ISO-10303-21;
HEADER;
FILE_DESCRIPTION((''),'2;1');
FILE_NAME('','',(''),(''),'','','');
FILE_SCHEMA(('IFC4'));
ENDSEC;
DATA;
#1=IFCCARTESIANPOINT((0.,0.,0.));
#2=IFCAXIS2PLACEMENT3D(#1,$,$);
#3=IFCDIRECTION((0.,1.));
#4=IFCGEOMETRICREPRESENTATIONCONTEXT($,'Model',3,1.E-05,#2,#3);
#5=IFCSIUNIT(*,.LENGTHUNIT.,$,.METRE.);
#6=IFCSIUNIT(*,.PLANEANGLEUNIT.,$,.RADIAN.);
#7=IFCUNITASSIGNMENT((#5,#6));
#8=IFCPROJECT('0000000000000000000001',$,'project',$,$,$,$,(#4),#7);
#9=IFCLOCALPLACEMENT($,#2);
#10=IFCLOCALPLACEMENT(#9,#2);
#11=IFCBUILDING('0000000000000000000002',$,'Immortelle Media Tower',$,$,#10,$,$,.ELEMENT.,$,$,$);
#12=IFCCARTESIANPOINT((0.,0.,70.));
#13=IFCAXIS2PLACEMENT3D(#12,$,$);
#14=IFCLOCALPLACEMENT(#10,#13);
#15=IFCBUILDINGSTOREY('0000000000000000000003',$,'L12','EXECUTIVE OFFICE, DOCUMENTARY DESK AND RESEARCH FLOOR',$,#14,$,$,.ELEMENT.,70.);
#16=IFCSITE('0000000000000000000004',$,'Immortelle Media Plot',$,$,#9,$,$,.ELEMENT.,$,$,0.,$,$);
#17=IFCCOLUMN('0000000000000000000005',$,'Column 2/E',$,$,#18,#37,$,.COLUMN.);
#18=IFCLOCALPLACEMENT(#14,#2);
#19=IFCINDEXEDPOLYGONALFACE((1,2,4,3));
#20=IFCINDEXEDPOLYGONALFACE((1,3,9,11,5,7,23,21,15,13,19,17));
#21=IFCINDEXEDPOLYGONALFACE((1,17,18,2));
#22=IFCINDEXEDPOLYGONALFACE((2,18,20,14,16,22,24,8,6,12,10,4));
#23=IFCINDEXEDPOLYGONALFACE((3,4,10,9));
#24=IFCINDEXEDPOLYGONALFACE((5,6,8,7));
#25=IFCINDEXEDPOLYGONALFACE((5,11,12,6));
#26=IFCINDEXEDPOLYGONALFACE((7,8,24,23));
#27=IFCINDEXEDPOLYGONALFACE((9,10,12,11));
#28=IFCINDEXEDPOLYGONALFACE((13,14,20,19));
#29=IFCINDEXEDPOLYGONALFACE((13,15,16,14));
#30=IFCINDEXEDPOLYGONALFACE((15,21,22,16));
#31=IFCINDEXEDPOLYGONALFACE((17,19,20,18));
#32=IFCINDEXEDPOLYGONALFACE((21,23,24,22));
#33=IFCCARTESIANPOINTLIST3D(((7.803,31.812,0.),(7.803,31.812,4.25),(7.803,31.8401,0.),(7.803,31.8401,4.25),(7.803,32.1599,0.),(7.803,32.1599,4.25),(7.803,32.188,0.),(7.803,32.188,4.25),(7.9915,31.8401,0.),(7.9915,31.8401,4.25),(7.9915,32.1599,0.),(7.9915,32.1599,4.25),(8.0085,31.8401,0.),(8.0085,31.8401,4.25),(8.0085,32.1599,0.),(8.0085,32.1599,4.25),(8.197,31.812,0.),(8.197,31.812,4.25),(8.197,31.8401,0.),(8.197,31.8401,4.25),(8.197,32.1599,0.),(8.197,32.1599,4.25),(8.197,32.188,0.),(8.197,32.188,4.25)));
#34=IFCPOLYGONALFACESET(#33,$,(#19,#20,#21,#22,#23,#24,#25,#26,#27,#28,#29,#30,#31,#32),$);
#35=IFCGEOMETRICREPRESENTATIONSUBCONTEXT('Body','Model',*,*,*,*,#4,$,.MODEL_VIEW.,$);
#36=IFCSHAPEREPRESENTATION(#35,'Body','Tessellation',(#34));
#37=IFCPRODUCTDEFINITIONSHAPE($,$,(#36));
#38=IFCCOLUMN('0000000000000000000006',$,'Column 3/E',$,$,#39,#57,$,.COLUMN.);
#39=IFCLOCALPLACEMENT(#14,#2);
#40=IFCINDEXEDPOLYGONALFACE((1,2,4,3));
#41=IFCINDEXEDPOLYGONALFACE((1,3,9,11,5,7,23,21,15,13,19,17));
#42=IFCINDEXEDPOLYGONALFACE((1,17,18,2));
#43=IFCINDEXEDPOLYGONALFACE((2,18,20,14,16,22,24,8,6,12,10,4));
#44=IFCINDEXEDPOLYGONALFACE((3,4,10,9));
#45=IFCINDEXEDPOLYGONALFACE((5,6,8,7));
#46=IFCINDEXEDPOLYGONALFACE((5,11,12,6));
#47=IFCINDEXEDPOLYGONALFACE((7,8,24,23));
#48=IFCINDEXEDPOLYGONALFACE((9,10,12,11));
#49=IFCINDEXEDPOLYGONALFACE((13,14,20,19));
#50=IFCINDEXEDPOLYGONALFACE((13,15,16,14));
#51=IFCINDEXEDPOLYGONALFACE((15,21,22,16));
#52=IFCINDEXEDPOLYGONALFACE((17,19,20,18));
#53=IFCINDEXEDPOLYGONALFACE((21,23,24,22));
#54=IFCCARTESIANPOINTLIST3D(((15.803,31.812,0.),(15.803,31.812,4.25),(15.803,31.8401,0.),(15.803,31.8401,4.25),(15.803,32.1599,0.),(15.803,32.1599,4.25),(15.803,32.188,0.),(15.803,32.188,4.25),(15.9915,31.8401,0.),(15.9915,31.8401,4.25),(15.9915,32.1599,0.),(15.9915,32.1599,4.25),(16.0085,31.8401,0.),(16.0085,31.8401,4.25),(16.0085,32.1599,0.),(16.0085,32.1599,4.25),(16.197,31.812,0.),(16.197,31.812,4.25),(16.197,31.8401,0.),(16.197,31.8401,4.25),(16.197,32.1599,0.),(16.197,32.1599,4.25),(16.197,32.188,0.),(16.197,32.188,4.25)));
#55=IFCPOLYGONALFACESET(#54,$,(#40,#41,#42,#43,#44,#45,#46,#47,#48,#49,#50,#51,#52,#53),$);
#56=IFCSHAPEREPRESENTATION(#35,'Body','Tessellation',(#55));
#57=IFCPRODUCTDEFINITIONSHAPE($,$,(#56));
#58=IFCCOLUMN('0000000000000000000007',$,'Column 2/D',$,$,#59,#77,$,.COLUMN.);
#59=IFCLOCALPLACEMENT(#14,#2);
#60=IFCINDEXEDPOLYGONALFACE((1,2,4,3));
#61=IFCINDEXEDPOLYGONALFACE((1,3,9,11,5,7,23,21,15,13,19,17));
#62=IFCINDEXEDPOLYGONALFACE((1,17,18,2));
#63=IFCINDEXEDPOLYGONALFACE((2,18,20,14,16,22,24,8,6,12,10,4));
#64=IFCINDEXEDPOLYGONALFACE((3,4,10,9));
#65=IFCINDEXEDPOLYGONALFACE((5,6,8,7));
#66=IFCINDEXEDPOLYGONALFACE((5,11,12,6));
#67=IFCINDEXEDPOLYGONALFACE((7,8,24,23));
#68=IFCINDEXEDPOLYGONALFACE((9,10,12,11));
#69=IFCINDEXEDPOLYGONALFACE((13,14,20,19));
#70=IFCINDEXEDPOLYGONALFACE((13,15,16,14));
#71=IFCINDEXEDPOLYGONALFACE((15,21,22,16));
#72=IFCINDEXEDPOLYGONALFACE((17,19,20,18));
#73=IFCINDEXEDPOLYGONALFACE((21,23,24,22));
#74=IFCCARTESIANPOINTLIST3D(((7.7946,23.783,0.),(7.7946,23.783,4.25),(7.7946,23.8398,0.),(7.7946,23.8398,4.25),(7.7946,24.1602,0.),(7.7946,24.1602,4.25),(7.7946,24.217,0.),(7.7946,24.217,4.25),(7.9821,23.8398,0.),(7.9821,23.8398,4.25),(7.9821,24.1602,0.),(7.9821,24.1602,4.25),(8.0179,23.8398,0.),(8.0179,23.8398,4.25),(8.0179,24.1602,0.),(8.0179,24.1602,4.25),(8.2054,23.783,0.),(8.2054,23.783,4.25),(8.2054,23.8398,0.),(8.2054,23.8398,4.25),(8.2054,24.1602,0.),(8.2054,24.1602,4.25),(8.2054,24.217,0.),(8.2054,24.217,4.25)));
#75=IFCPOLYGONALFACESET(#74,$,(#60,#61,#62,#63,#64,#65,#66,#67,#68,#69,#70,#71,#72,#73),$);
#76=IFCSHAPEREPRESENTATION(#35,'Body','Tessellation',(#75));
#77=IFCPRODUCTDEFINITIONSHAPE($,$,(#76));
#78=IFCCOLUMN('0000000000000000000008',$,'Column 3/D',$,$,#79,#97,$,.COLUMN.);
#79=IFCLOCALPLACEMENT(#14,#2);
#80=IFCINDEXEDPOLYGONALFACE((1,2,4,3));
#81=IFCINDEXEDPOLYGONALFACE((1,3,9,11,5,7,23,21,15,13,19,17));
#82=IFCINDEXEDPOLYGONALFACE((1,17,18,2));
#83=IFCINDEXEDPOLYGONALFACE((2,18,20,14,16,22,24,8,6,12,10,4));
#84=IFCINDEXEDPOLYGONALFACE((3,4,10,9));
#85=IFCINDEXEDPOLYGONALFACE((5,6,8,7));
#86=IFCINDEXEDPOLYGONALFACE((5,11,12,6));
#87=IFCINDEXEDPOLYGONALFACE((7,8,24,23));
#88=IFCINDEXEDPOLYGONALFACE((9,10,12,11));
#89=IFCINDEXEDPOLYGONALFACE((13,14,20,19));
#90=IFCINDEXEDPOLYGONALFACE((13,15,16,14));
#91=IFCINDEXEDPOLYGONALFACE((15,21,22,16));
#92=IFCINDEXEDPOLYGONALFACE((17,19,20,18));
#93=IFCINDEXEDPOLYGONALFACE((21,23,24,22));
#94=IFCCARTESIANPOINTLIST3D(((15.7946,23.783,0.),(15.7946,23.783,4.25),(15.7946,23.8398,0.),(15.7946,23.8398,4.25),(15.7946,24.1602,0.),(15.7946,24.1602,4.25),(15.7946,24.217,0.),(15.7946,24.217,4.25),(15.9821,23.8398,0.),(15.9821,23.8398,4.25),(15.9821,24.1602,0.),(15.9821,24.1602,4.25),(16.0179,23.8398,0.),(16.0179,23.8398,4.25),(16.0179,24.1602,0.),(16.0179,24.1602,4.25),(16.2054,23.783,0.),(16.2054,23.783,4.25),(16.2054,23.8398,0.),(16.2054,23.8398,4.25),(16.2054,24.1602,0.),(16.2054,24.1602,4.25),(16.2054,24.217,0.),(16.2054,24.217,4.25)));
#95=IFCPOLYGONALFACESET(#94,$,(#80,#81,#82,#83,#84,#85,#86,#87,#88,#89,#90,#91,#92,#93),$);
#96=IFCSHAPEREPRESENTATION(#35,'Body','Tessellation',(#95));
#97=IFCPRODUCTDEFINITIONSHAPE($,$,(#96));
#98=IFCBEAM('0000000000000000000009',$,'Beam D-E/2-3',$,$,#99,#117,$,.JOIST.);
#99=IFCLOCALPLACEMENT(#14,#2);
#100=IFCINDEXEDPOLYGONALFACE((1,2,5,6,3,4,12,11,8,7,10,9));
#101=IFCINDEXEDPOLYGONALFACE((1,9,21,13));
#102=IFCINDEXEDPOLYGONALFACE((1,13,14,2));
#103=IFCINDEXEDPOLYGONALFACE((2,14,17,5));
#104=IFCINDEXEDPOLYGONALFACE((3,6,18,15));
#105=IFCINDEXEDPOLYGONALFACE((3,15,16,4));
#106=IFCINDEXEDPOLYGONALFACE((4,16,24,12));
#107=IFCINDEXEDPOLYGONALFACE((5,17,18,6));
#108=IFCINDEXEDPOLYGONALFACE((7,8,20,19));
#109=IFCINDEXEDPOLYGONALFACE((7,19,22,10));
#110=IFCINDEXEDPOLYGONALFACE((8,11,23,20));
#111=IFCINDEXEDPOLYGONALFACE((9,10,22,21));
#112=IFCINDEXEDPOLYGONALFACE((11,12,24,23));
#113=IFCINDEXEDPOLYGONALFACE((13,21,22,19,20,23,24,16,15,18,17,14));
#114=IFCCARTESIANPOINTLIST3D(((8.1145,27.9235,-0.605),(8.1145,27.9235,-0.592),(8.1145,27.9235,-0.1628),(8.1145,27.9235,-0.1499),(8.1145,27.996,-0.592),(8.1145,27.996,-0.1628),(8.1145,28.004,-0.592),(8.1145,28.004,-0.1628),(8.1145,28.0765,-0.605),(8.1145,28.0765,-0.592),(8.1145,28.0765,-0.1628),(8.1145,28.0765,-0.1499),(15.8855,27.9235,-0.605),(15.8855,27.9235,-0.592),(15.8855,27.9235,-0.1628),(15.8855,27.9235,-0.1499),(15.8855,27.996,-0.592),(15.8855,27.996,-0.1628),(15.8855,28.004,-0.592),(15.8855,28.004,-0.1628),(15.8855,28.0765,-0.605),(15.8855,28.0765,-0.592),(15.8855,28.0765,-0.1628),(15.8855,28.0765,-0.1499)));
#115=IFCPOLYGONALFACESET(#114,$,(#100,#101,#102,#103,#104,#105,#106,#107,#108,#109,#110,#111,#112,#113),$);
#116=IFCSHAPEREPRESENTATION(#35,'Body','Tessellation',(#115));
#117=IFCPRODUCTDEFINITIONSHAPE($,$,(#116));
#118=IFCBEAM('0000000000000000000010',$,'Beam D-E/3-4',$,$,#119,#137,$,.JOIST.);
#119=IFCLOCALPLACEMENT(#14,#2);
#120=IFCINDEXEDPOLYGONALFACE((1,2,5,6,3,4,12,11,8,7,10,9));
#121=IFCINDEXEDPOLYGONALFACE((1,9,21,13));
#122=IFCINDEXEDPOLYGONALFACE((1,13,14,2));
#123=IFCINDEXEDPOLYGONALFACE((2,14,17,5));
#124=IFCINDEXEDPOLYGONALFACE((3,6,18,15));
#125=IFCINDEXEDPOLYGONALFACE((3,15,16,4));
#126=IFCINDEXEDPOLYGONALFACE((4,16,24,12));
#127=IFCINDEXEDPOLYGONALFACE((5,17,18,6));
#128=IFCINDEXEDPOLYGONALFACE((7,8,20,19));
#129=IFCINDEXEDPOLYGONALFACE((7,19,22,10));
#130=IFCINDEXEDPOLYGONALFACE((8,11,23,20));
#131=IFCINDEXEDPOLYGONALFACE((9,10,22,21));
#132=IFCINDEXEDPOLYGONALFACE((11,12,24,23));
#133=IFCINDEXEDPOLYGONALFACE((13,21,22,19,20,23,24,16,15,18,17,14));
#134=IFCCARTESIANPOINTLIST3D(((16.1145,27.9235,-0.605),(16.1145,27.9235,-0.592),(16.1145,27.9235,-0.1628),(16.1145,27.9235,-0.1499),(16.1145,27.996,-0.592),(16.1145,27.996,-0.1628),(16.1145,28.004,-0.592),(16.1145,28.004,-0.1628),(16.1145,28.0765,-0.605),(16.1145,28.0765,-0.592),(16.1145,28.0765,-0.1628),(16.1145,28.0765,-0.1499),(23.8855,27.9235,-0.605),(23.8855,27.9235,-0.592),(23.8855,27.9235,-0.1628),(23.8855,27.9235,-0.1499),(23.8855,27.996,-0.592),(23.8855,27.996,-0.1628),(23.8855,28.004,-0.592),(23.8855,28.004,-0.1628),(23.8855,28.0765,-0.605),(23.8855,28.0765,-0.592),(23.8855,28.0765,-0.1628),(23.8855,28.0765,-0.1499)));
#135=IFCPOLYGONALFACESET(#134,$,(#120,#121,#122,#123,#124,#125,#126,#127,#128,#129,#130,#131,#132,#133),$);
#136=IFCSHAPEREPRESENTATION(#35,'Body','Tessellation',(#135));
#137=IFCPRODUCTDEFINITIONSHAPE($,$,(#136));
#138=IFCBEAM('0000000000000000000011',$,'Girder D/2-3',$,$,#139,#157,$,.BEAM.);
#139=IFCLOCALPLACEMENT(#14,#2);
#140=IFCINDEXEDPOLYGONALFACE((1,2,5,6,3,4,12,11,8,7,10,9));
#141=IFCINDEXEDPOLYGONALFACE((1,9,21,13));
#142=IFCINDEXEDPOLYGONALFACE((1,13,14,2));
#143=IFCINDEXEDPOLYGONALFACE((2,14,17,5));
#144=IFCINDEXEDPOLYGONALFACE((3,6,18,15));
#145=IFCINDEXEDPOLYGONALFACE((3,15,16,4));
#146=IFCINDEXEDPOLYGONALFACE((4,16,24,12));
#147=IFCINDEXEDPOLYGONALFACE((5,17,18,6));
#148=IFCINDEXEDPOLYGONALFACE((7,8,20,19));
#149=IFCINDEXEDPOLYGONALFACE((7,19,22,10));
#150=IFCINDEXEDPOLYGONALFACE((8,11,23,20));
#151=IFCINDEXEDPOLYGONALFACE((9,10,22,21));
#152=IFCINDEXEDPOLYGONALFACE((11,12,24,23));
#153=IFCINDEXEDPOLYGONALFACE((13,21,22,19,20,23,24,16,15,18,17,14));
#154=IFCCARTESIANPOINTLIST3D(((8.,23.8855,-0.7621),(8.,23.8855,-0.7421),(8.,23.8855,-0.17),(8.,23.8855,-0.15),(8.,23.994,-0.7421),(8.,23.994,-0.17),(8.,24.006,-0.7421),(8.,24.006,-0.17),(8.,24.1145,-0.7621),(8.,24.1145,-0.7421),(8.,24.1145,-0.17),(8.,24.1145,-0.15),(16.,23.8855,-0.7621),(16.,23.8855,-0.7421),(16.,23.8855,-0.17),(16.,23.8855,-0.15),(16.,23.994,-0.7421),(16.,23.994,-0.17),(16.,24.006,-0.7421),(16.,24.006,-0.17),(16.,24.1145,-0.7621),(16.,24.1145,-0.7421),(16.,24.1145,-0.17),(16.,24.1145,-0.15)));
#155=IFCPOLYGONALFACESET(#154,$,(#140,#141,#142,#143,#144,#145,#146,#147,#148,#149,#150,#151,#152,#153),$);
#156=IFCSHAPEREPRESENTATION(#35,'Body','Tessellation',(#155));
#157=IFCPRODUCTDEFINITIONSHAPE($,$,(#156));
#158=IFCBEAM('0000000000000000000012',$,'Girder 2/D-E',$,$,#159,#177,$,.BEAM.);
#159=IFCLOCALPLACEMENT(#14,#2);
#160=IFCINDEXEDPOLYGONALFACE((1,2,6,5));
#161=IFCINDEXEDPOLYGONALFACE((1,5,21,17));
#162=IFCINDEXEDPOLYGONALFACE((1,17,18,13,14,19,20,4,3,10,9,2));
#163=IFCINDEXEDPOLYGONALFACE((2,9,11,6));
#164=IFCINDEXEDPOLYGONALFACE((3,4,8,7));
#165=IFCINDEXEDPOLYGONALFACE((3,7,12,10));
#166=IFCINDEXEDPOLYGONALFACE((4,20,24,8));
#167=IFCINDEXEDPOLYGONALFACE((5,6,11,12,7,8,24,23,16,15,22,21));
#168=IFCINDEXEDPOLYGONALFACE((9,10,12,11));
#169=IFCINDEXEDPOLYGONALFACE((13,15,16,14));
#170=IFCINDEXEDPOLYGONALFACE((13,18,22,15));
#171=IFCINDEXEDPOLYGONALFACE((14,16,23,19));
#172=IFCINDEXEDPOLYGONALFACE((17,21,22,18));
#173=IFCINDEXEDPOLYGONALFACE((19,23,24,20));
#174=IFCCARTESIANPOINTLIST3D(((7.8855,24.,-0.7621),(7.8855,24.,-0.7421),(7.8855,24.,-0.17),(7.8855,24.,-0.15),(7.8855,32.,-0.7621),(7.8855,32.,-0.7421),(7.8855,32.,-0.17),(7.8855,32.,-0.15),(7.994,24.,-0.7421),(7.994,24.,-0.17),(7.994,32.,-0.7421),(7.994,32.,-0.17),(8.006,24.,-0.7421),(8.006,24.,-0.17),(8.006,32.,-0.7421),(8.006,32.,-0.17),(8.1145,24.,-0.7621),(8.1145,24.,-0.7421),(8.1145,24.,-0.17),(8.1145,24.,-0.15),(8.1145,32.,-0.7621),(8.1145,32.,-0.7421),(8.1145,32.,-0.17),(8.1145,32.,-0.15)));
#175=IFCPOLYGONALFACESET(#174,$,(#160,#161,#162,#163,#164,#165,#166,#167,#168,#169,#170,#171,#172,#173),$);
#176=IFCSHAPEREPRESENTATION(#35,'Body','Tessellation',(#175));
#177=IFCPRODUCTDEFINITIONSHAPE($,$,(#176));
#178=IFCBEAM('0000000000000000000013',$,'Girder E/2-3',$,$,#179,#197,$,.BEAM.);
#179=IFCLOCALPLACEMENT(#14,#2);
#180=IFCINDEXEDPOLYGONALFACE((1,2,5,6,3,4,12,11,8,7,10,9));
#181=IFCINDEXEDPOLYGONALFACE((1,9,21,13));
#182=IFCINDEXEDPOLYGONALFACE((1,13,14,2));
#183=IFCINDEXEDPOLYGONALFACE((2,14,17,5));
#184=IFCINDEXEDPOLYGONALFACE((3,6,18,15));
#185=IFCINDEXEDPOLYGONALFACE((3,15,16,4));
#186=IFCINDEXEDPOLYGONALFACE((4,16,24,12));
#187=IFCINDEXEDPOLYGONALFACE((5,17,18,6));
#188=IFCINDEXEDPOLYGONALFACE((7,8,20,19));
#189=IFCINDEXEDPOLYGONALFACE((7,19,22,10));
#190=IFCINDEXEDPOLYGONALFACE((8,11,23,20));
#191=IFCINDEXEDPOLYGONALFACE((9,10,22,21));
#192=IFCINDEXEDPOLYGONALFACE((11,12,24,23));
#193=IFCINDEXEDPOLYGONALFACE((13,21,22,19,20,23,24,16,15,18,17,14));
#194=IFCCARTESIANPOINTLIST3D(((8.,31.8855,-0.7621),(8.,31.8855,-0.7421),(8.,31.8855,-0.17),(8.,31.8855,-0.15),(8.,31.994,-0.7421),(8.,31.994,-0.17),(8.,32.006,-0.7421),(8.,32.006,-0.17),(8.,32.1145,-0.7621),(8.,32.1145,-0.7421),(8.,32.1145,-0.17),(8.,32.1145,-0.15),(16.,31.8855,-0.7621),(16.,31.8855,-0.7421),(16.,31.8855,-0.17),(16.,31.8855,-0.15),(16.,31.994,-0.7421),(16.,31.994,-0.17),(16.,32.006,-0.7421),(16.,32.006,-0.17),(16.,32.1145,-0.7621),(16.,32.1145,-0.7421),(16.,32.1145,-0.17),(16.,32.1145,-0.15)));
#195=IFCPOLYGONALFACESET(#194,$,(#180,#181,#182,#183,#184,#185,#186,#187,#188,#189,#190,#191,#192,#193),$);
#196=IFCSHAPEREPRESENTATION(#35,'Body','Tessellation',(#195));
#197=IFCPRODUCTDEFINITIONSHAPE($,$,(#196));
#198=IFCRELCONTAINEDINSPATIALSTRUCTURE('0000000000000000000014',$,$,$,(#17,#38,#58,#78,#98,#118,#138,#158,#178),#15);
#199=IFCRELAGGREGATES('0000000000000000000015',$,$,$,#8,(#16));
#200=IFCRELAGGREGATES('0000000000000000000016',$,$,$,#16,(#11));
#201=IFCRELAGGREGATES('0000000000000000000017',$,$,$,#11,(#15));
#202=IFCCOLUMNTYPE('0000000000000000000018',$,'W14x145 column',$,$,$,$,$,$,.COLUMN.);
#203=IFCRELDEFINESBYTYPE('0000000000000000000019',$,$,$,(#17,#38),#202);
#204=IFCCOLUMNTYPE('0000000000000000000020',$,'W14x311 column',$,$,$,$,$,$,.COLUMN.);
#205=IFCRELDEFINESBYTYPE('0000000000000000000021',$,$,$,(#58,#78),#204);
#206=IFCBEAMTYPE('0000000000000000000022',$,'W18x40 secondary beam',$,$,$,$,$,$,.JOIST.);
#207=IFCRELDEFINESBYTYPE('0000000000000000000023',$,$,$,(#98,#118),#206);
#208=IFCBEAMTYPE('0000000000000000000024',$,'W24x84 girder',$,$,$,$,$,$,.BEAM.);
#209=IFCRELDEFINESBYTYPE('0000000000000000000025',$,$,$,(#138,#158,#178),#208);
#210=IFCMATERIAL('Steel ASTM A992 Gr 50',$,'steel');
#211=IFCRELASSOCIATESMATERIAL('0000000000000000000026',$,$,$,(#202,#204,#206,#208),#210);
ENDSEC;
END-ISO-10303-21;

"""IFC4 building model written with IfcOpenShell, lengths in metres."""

from ifc_helpers import new_model, si_unit, direction, frame, origin, origin_2d, place, context, subcontext, project, spatial, i_section, extrude, material, material_profile, profile_set, type_object, element, save


model = new_model("IFC4")

# Units and contexts
model_context = context("Model", 3, precision=1e-05, world=origin(), true_north=direction((0.0, 1.0)))
body_context = subcontext(model_context, "Body", "Model", "MODEL_VIEW")
ifc_project = project(units=[si_unit("LENGTHUNIT", "METRE"), si_unit("PLANEANGLEUNIT", "RADIAN")], contexts=[model_context])

# Site, building, storey
site_placement = place(None, origin())
site = spatial("IfcSite", under=ifc_project, at=site_placement, Name="Immortelle Media Plot", CompositionType="ELEMENT", RefElevation=0.0)
building_placement = place(site_placement, origin())
building = spatial("IfcBuilding", under=site, at=building_placement, Name="Immortelle Media Tower", CompositionType="ELEMENT")
storey_placement = place(building_placement, frame((0.0, 0.0, 70.0)))
storey = spatial("IfcBuildingStorey", under=building, at=storey_placement, Name="L12", Description="EXECUTIVE OFFICE, DOCUMENTARY DESK AND RESEARCH FLOOR", CompositionType="ELEMENT", Elevation=70.0)

# Columns
ifc_material_1 = material(Name="Steel ASTM A992 Gr 50", Category="steel")
ifc_material_profile_1 = material_profile(ifc_material_1, i_section(OverallWidth=0.394, OverallDepth=0.376, WebThickness=0.0171, FlangeThickness=0.0281, at=origin_2d()), Name="W14x145")
ifc_profile_set_1 = profile_set([ifc_material_profile_1], Name="Steel ASTM A992 Gr 50")
column_type_1 = type_object("IfcColumnType", Name="W14x145 column", PredefinedType="COLUMN", material=ifc_profile_set_1)
for number, where, z_axis, x_axis, name in (
    (1, (8.0, 32.0, 0.0), (0.0, 0.0, 1.0), (1.0, 0.0, 0.0), "Column 2/E"),
    (2, (16.0, 32.0, 0.0), (0.0, 0.0, 1.0), (1.0, 0.0, 0.0), "Column 3/E"),
):
    element("IfcColumn", number, at=place(storey_placement, frame(where, z_axis=z_axis, x_axis=x_axis)), inside=storey, type_object=column_type_1, Name=name, PredefinedType="COLUMN", context=body_context, shape_type="SweptSolid", body=[
        extrude(i_section(OverallWidth=0.394, OverallDepth=0.376, WebThickness=0.0171, FlangeThickness=0.0281, at=origin_2d()), origin(), (0.0, 0.0, 1.0), 4.25),
    ])
ifc_material_profile_2 = material_profile(ifc_material_1, i_section(OverallWidth=0.4109, OverallDepth=0.4341, WebThickness=0.0359, FlangeThickness=0.0569, at=origin_2d()), Name="W14x311")
ifc_profile_set_2 = profile_set([ifc_material_profile_2], Name="Steel ASTM A992 Gr 50")
column_type_2 = type_object("IfcColumnType", Name="W14x311 column", PredefinedType="COLUMN", material=ifc_profile_set_2)
for number, where, z_axis, x_axis, name in (
    (3, (8.0, 24.0, 0.0), (0.0, 0.0, 1.0), (1.0, 0.0, 0.0), "Column 2/D"),
    (4, (16.0, 24.0, 0.0), (0.0, 0.0, 1.0), (1.0, 0.0, 0.0), "Column 3/D"),
):
    element("IfcColumn", number, at=place(storey_placement, frame(where, z_axis=z_axis, x_axis=x_axis)), inside=storey, type_object=column_type_2, Name=name, PredefinedType="COLUMN", context=body_context, shape_type="SweptSolid", body=[
        extrude(i_section(OverallWidth=0.4109, OverallDepth=0.4341, WebThickness=0.0359, FlangeThickness=0.0569, at=origin_2d()), origin(), (0.0, 0.0, 1.0), 4.25),
    ])

# Beams
ifc_material_profile_3 = material_profile(ifc_material_1, i_section(OverallWidth=0.1531, OverallDepth=0.4551, WebThickness=0.0081, FlangeThickness=0.0129, at=origin_2d()), Name="W18x40")
ifc_profile_set_3 = profile_set([ifc_material_profile_3], Name="Steel ASTM A992 Gr 50")
beam_type_1 = type_object("IfcBeamType", Name="W18x40 secondary beam", PredefinedType="JOIST", material=ifc_profile_set_3)
for number, where, z_axis, x_axis, name in (
    (5, (8.1145, 28.0, -0.3774), (1.0, 0.0, 0.0), (0.0, 1.0, 0.0), "Beam D-E/2-3"),
    (6, (16.1145, 28.0, -0.3774), (1.0, 0.0, 0.0), (0.0, 1.0, 0.0), "Beam D-E/3-4"),
):
    element("IfcBeam", number, at=place(storey_placement, frame(where, z_axis=z_axis, x_axis=x_axis)), inside=storey, type_object=beam_type_1, Name=name, PredefinedType="JOIST", context=body_context, shape_type="SweptSolid", body=[
        extrude(i_section(OverallWidth=0.1531, OverallDepth=0.4551, WebThickness=0.0081, FlangeThickness=0.0129, at=origin_2d()), origin(), (0.0, 0.0, 1.0), 7.771),
    ])
ifc_material_profile_4 = material_profile(ifc_material_1, i_section(OverallWidth=0.229, OverallDepth=0.6121, WebThickness=0.012, FlangeThickness=0.02, at=origin_2d()), Name="W24x84")
ifc_profile_set_4 = profile_set([ifc_material_profile_4], Name="Steel ASTM A992 Gr 50")
beam_type_2 = type_object("IfcBeamType", Name="W24x84 girder", PredefinedType="BEAM", material=ifc_profile_set_4)
for number, where, z_axis, x_axis, name in (
    (7, (8.0, 24.0, -0.4561), (1.0, 0.0, 0.0), (0.0, 1.0, 0.0), "Girder D/2-3"),
    (8, (8.0, 24.0, -0.4561), (0.0, 1.0, 0.0), (-1.0, 0.0, 0.0), "Girder 2/D-E"),
    (9, (8.0, 32.0, -0.4561), (1.0, 0.0, 0.0), (0.0, 1.0, 0.0), "Girder E/2-3"),
):
    element("IfcBeam", number, at=place(storey_placement, frame(where, z_axis=z_axis, x_axis=x_axis)), inside=storey, type_object=beam_type_2, Name=name, PredefinedType="BEAM", context=body_context, shape_type="SweptSolid", body=[
        extrude(i_section(OverallWidth=0.229, OverallDepth=0.6121, WebThickness=0.012, FlangeThickness=0.02, at=origin_2d()), origin(), (0.0, 0.0, 1.0), 8.0),
    ])

save(model, "model.ifc")
